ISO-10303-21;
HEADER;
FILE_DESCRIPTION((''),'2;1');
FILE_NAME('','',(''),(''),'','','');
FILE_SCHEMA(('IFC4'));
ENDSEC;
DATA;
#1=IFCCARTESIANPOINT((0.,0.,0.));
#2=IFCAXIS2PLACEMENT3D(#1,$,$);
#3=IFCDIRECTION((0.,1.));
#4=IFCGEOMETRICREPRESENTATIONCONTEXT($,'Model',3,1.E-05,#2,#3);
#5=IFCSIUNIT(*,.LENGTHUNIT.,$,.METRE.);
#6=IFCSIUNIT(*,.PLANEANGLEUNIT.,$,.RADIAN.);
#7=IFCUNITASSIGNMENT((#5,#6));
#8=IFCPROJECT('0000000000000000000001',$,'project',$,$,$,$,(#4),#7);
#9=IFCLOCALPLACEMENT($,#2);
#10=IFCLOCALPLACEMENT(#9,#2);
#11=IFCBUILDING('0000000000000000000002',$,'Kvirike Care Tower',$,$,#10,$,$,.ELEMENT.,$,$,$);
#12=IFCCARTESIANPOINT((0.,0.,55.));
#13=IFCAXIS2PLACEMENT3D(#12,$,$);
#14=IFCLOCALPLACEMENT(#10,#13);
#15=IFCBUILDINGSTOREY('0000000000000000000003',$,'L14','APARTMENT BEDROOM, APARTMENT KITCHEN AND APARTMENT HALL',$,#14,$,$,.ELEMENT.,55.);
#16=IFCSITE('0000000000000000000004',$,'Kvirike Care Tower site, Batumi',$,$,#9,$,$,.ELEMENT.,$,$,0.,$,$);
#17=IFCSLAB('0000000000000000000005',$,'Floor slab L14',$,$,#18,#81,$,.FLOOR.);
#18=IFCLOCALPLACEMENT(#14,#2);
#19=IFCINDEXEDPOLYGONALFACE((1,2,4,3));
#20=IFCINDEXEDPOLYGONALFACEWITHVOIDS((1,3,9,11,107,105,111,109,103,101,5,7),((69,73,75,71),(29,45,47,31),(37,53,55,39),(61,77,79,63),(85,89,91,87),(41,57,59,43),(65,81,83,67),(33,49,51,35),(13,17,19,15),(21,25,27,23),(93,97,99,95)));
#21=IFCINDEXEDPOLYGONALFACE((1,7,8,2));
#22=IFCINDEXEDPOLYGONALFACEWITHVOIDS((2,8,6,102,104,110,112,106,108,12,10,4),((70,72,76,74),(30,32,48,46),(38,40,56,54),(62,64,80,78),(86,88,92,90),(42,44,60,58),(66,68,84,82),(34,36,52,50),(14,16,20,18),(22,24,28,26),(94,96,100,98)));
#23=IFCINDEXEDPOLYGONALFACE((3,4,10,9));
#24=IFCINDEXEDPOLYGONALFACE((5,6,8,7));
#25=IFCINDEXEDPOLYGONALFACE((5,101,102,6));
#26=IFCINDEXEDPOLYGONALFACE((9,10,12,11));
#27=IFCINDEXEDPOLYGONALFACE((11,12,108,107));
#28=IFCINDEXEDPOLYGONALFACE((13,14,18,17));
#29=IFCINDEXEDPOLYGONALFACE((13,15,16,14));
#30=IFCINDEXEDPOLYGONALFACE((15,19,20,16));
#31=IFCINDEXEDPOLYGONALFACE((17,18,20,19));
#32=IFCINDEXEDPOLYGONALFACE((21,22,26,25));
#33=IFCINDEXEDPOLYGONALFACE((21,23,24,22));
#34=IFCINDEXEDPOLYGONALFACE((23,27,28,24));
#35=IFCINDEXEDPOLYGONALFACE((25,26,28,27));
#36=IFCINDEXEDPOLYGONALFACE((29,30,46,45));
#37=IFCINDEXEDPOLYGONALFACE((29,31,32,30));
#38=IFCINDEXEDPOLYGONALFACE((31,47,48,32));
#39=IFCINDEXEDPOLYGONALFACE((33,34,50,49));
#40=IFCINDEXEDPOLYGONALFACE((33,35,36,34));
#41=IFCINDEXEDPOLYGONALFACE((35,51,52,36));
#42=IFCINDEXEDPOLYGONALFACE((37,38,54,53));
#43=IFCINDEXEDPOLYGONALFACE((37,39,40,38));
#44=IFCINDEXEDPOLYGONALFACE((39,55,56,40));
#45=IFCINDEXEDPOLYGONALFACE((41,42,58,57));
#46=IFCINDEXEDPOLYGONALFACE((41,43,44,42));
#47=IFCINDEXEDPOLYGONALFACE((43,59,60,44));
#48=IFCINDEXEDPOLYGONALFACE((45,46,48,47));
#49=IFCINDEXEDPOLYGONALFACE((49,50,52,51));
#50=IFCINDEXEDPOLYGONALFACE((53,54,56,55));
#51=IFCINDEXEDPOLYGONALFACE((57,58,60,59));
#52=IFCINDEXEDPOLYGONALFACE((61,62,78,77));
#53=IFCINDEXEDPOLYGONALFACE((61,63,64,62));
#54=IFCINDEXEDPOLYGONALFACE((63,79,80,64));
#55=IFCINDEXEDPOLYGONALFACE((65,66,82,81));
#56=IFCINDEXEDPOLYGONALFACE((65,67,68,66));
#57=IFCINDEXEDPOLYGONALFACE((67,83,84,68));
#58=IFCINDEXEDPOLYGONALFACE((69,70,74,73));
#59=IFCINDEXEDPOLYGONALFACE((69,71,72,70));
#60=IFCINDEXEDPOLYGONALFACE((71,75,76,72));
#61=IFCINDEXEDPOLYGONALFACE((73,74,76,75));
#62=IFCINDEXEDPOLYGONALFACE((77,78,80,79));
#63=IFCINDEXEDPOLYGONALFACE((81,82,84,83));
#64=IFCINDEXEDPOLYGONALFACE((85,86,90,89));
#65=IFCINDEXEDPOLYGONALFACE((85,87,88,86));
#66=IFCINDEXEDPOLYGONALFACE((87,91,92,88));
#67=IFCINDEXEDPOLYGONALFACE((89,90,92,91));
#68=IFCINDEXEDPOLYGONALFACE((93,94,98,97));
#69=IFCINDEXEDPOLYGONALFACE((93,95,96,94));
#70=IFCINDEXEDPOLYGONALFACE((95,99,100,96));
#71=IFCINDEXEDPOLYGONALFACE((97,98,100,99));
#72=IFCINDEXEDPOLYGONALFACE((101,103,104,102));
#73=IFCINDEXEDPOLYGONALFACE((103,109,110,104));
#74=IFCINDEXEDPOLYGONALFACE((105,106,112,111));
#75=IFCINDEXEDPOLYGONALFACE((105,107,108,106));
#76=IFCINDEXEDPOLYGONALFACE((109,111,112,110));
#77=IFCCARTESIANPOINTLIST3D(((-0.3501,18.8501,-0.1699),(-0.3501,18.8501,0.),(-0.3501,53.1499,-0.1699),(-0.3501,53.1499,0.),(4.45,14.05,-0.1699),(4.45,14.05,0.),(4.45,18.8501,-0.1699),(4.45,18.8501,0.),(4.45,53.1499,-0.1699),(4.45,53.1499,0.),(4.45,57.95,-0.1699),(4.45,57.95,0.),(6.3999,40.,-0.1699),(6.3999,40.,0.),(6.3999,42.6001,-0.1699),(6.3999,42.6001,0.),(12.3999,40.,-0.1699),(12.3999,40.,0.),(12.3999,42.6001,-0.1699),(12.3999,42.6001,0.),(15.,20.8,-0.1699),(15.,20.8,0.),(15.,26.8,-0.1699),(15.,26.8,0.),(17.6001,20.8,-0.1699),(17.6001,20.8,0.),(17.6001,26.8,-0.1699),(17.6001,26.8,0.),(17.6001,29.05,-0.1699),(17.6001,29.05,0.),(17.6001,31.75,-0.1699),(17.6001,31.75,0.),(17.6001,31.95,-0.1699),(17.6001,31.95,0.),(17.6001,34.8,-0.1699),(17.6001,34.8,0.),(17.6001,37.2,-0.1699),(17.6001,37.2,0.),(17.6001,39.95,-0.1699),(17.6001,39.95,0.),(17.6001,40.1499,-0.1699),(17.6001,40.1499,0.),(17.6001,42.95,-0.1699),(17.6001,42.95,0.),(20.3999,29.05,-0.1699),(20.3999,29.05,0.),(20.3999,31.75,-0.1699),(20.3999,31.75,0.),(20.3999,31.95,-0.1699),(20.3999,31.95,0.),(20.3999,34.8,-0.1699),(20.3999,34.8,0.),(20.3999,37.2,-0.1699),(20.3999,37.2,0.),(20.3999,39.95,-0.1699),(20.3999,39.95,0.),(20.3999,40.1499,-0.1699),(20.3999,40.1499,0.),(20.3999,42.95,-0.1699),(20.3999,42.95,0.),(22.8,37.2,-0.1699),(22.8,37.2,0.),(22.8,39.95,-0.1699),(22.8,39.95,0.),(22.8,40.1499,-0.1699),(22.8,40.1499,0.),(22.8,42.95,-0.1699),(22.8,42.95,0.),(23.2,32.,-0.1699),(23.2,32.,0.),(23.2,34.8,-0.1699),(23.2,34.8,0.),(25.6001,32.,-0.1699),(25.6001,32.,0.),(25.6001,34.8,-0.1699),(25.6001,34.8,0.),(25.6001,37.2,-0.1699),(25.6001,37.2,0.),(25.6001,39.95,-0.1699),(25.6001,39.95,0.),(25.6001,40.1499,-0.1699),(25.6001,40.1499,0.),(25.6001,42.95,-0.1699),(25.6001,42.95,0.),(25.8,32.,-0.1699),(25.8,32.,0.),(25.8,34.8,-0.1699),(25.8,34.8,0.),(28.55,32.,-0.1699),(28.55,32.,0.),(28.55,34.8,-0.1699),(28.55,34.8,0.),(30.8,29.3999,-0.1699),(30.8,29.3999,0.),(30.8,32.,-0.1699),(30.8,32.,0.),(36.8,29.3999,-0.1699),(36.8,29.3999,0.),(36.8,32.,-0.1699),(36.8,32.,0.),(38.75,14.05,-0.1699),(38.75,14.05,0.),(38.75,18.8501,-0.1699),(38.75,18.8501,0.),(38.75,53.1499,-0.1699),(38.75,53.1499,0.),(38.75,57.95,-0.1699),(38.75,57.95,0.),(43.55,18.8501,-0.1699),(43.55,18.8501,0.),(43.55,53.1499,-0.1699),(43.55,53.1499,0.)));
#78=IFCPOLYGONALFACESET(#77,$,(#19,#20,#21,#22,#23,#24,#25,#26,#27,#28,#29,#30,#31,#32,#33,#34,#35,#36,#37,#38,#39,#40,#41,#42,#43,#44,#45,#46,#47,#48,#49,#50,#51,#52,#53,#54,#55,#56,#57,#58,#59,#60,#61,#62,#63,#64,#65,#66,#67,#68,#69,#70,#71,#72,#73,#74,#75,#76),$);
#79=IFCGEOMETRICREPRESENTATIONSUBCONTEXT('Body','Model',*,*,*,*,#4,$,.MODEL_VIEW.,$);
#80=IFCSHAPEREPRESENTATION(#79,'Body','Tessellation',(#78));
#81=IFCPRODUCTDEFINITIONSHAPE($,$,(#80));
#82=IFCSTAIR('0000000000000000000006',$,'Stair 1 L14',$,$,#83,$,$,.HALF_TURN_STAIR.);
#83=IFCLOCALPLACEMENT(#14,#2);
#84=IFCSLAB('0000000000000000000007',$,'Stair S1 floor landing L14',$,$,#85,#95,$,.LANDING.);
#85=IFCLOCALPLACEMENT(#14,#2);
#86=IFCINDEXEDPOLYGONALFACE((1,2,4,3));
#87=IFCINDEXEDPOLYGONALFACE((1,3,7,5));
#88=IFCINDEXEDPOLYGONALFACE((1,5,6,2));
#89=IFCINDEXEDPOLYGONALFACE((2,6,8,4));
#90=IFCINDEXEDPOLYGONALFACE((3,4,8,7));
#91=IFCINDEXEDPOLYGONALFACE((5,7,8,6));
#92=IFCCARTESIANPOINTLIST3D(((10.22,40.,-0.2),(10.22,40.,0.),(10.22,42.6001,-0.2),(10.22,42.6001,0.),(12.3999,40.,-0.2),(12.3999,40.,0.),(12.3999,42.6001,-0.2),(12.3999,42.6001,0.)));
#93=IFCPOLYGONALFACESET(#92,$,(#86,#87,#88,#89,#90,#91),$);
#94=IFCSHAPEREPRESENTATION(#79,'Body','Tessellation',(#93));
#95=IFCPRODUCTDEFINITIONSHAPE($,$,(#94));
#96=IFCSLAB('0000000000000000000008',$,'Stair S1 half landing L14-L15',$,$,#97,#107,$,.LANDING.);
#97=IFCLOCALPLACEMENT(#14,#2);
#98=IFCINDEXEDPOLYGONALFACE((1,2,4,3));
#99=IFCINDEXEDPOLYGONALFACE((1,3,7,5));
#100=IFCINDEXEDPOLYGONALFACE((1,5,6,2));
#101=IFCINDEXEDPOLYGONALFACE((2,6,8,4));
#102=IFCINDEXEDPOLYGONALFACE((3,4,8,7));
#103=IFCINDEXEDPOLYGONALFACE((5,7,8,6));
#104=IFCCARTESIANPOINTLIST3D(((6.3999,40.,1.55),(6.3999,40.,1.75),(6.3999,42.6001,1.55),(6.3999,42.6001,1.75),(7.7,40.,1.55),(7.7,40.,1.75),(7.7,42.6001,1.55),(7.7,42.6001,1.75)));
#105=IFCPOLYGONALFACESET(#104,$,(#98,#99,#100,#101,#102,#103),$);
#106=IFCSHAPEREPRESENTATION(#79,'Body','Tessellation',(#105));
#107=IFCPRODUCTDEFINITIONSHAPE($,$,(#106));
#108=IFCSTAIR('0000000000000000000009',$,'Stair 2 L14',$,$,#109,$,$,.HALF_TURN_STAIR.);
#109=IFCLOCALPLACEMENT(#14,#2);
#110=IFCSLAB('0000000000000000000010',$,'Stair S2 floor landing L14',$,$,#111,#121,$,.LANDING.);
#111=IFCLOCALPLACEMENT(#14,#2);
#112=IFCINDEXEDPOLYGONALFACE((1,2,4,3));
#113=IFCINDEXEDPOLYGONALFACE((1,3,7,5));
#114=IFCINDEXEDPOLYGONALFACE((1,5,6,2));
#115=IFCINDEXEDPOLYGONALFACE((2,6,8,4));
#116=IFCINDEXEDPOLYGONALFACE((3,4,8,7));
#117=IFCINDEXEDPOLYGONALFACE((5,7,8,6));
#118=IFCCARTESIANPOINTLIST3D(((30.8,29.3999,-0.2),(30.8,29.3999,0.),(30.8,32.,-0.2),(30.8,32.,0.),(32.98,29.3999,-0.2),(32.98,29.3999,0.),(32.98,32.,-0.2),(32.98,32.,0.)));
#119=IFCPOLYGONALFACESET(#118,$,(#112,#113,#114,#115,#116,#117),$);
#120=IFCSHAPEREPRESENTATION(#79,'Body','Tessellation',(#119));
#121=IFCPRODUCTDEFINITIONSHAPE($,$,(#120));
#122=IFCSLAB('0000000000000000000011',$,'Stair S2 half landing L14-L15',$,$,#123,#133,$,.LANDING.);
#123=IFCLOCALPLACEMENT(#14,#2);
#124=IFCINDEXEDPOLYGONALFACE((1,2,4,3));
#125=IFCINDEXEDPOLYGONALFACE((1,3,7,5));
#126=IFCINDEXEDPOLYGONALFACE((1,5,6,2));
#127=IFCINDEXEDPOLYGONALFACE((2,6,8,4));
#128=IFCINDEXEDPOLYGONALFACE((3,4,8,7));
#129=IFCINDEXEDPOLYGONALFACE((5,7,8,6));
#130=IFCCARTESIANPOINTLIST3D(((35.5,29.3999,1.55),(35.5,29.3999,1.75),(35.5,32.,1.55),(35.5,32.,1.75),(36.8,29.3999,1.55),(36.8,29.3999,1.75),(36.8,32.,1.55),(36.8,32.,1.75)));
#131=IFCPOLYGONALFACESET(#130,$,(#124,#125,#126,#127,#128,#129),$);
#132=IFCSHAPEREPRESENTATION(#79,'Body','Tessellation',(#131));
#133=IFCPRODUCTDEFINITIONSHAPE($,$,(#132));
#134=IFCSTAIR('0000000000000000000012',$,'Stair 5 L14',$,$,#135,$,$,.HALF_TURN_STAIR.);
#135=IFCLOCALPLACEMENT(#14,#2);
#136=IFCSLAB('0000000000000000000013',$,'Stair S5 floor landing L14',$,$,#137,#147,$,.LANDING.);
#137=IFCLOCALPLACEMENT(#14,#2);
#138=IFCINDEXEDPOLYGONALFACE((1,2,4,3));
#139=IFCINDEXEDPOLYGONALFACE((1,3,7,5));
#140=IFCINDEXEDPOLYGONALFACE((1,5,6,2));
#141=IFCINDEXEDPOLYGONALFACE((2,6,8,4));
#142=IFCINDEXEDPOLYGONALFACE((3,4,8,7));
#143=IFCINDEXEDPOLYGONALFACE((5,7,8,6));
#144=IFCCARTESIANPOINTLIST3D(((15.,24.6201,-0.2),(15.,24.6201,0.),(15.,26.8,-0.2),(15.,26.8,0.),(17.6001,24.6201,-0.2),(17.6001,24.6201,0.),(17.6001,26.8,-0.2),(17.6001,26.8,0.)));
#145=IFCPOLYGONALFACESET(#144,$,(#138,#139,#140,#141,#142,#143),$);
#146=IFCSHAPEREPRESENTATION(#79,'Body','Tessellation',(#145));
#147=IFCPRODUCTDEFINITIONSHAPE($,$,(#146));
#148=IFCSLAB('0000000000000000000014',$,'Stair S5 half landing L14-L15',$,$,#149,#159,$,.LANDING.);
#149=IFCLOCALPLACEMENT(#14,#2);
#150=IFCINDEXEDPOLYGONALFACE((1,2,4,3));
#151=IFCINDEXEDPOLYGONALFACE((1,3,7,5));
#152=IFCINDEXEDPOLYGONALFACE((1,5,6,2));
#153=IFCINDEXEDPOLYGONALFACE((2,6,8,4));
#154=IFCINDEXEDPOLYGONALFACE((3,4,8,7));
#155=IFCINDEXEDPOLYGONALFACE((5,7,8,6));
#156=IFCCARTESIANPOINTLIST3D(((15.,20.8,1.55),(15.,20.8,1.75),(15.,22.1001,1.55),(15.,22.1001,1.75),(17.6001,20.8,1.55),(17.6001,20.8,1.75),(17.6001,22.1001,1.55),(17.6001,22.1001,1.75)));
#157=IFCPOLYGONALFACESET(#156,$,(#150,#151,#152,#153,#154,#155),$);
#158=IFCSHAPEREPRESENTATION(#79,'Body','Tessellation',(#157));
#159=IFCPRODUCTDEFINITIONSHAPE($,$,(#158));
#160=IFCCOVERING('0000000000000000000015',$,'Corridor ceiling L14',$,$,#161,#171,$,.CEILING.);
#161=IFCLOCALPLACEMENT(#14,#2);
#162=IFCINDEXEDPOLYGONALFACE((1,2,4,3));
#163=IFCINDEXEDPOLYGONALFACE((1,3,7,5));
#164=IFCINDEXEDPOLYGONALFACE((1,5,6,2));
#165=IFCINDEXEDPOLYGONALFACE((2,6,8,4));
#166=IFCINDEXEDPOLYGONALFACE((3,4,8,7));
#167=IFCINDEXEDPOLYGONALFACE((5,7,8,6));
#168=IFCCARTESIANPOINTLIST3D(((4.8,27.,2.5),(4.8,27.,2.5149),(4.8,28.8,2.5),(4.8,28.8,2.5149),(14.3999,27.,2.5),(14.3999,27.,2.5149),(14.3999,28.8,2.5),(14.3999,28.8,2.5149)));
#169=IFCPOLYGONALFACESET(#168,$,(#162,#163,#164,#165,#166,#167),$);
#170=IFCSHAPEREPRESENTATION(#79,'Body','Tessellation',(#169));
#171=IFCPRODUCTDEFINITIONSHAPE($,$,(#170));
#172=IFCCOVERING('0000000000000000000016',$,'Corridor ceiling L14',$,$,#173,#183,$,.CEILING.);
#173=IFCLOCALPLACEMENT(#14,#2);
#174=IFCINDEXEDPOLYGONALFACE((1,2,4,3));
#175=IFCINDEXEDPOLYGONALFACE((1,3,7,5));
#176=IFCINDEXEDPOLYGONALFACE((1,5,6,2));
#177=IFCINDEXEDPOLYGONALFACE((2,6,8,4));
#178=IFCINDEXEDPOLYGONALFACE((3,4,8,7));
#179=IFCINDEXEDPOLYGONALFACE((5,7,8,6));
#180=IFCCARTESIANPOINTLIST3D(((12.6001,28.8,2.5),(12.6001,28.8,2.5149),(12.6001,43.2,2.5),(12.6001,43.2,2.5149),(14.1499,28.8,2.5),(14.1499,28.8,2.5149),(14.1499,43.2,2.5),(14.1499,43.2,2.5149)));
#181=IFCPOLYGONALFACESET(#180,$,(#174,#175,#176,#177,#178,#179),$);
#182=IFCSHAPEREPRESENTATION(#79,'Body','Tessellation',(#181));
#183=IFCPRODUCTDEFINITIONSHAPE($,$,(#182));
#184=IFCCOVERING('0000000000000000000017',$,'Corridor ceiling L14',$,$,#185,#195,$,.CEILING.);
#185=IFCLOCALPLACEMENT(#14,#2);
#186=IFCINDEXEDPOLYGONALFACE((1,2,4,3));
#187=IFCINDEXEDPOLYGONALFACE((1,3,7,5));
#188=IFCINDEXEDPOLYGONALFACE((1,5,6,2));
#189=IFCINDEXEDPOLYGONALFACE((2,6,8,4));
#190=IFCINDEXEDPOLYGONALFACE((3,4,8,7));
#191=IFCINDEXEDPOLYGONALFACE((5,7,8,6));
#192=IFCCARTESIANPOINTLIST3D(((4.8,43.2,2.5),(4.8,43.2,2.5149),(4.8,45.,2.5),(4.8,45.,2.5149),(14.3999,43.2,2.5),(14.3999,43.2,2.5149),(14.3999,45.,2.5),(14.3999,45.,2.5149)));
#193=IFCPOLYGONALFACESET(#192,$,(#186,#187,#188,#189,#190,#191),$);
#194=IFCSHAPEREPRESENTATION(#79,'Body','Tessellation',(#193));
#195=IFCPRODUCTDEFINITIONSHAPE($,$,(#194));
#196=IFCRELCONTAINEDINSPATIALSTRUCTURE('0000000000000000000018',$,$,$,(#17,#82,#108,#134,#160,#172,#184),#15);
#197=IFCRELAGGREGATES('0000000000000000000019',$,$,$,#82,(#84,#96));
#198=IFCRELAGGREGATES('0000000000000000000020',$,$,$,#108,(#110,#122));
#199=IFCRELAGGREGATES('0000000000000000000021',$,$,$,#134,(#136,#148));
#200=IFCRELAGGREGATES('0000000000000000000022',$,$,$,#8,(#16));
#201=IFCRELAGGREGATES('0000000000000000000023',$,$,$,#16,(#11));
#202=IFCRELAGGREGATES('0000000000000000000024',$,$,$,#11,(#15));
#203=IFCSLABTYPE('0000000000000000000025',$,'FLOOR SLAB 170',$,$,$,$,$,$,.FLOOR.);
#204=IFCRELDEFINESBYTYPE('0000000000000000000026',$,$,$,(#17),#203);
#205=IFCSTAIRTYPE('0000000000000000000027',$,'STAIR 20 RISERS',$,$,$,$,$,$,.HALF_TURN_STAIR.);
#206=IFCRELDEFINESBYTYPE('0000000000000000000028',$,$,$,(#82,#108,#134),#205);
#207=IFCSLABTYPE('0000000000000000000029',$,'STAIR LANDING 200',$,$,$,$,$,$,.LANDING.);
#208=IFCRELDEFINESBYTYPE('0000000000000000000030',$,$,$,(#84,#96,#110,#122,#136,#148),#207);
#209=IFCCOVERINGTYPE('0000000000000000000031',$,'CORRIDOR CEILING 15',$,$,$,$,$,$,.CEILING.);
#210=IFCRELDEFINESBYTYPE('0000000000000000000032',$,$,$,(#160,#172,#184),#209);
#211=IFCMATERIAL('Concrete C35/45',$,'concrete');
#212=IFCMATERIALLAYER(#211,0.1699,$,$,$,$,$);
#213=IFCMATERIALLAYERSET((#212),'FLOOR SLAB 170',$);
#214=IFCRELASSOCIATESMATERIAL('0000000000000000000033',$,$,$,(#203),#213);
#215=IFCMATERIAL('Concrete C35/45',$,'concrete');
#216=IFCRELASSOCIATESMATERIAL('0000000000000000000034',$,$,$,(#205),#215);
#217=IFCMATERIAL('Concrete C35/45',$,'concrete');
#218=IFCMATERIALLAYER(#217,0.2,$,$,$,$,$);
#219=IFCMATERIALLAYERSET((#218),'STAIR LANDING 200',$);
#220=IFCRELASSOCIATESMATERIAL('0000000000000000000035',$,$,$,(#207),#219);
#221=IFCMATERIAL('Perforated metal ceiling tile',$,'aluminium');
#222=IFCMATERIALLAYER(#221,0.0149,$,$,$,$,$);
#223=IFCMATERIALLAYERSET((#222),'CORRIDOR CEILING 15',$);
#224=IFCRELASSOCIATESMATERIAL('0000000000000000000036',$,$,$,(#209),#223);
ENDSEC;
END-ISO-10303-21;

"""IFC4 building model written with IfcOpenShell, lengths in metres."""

from ifc_helpers import new_model, si_unit, direction, frame, origin, place, context, subcontext, project, spatial, polyline, outline, extrude, material, layer, layer_set, type_object, element, aggregate, save


model = new_model("IFC4")

# Units and contexts
model_context = context("Model", 3, precision=1e-05, world=origin(), true_north=direction((0.0, 1.0)))
body_context = subcontext(model_context, "Body", "Model", "MODEL_VIEW")
ifc_project = project(units=[si_unit("LENGTHUNIT", "METRE"), si_unit("PLANEANGLEUNIT", "RADIAN")], contexts=[model_context])

# Site, building, storey
site_placement = place(None, origin())
site = spatial("IfcSite", under=ifc_project, at=site_placement, Name="Kvirike Care Tower site, Batumi", CompositionType="ELEMENT", RefElevation=0.0)
building_placement = place(site_placement, origin())
building = spatial("IfcBuilding", under=site, at=building_placement, Name="Kvirike Care Tower", CompositionType="ELEMENT")
storey_placement = place(building_placement, frame((0.0, 0.0, 55.0)))
storey = spatial("IfcBuildingStorey", under=building, at=storey_placement, Name="L14", Description="APARTMENT BEDROOM, APARTMENT KITCHEN AND APARTMENT HALL", CompositionType="ELEMENT", Elevation=55.0)

# Slab
ifc_material_1 = material(Name="Concrete C35/45", Category="concrete")
ifc_layer_1 = layer(ifc_material_1, 0.1699)
ifc_layer_set_1 = layer_set([ifc_layer_1], Name="FLOOR SLAB 170")
slab_type_1 = type_object("IfcSlabType", Name="FLOOR SLAB 170", PredefinedType="FLOOR", material=ifc_layer_set_1)
slab_1_placement = place(storey_placement, frame((0.0, 0.0, -0.1699)))
element("IfcSlab", 1, at=slab_1_placement, inside=storey, type_object=slab_type_1, Name="Floor slab L14", PredefinedType="FLOOR", context=body_context, shape_type="SweptSolid", body=[
    extrude(outline(polyline([(-0.3501, 53.1499), (-0.3501, 18.8501), (4.45, 18.8501), (4.45, 14.05), (38.75, 14.05), (38.75, 18.8501), (43.55, 18.8501), (43.55, 53.1499), (38.75, 53.1499), (38.75, 57.95), (4.45, 57.95), (4.45, 53.1499), (-0.3501, 53.1499)]), holes=[polyline([(17.6001, 29.05), (17.6001, 31.75), (20.3999, 31.75), (20.3999, 29.05), (17.6001, 29.05)]), polyline([(17.6001, 31.95), (17.6001, 34.8), (20.3999, 34.8), (20.3999, 31.95), (17.6001, 31.95)]), polyline([(17.6001, 37.2), (17.6001, 39.95), (20.3999, 39.95), (20.3999, 37.2), (17.6001, 37.2)]), polyline([(17.6001, 40.1499), (17.6001, 42.95), (20.3999, 42.95), (20.3999, 40.1499), (17.6001, 40.1499)]), polyline([(22.8, 37.2), (22.8, 39.95), (25.6001, 39.95), (25.6001, 37.2), (22.8, 37.2)]), polyline([(22.8, 40.1499), (22.8, 42.95), (25.6001, 42.95), (25.6001, 40.1499), (22.8, 40.1499)]), polyline([(23.2, 32.0), (23.2, 34.8), (25.6001, 34.8), (25.6001, 32.0), (23.2, 32.0)]), polyline([(25.8, 32.0), (25.8, 34.8), (28.55, 34.8), (28.55, 32.0), (25.8, 32.0)]), polyline([(12.3999, 42.6001), (12.3999, 40.0), (6.3999, 40.0), (6.3999, 42.6001), (12.3999, 42.6001)]), polyline([(30.8, 29.3999), (30.8, 32.0), (36.8, 32.0), (36.8, 29.3999), (30.8, 29.3999)]), polyline([(15.0, 26.8), (17.6001, 26.8), (17.6001, 20.8), (15.0, 20.8), (15.0, 26.8)])]), origin(), (0.0, 0.0, 1.0), 0.1699),
])

# Stairs, slabs
ifc_material_2 = material(Name="Concrete C35/45", Category="concrete")
stair_type = type_object("IfcStairType", Name="STAIR 20 RISERS", PredefinedType="HALF_TURN_STAIR", material=ifc_material_2)
stair_1_placement = place(storey_placement, origin())
stair_1 = element("IfcStair", 2, at=stair_1_placement, inside=storey, type_object=stair_type, Name="Stair 1 L14", PredefinedType="HALF_TURN_STAIR")
ifc_material_3 = material(Name="Concrete C35/45", Category="concrete")
ifc_layer_2 = layer(ifc_material_3, 0.2)
ifc_layer_set_2 = layer_set([ifc_layer_2], Name="STAIR LANDING 200")
slab_type_2 = type_object("IfcSlabType", Name="STAIR LANDING 200", PredefinedType="LANDING", material=ifc_layer_set_2)
slab_2_placement = place(storey_placement, frame((0.0, 0.0, -0.2)))
slab_2 = element("IfcSlab", 3, at=slab_2_placement, type_object=slab_type_2, Name="Stair S1 floor landing L14", PredefinedType="LANDING", context=body_context, shape_type="SweptSolid", body=[
    extrude(outline(polyline([(10.22, 42.6001), (10.22, 40.0), (12.3999, 40.0), (12.3999, 42.6001), (10.22, 42.6001)])), origin(), (0.0, 0.0, 1.0), 0.2),
])
slab_3_placement = place(storey_placement, frame((0.0, 0.0, 1.55)))
slab_3 = element("IfcSlab", 4, at=slab_3_placement, type_object=slab_type_2, Name="Stair S1 half landing L14-L15", PredefinedType="LANDING", context=body_context, shape_type="SweptSolid", body=[
    extrude(outline(polyline([(6.3999, 42.6001), (6.3999, 40.0), (7.7, 40.0), (7.7, 42.6001), (6.3999, 42.6001)])), origin(), (0.0, 0.0, 1.0), 0.2),
])
aggregate(stair_1, [slab_2, slab_3])
stair_2_placement = place(storey_placement, origin())
stair_2 = element("IfcStair", 5, at=stair_2_placement, inside=storey, type_object=stair_type, Name="Stair 2 L14", PredefinedType="HALF_TURN_STAIR")
slab_4_placement = place(storey_placement, frame((0.0, 0.0, -0.2)))
slab_4 = element("IfcSlab", 6, at=slab_4_placement, type_object=slab_type_2, Name="Stair S2 floor landing L14", PredefinedType="LANDING", context=body_context, shape_type="SweptSolid", body=[
    extrude(outline(polyline([(32.98, 29.3999), (32.98, 32.0), (30.8, 32.0), (30.8, 29.3999), (32.98, 29.3999)])), origin(), (0.0, 0.0, 1.0), 0.2),
])
slab_5_placement = place(storey_placement, frame((0.0, 0.0, 1.55)))
slab_5 = element("IfcSlab", 7, at=slab_5_placement, type_object=slab_type_2, Name="Stair S2 half landing L14-L15", PredefinedType="LANDING", context=body_context, shape_type="SweptSolid", body=[
    extrude(outline(polyline([(36.8, 29.3999), (36.8, 32.0), (35.5, 32.0), (35.5, 29.3999), (36.8, 29.3999)])), origin(), (0.0, 0.0, 1.0), 0.2),
])
aggregate(stair_2, [slab_4, slab_5])
stair_3_placement = place(storey_placement, origin())
stair_3 = element("IfcStair", 8, at=stair_3_placement, inside=storey, type_object=stair_type, Name="Stair 5 L14", PredefinedType="HALF_TURN_STAIR")
slab_6_placement = place(storey_placement, frame((0.0, 0.0, -0.2)))
slab_6 = element("IfcSlab", 9, at=slab_6_placement, type_object=slab_type_2, Name="Stair S5 floor landing L14", PredefinedType="LANDING", context=body_context, shape_type="SweptSolid", body=[
    extrude(outline(polyline([(15.0, 24.6201), (17.6001, 24.6201), (17.6001, 26.8), (15.0, 26.8), (15.0, 24.6201)])), origin(), (0.0, 0.0, 1.0), 0.2),
])
slab_7_placement = place(storey_placement, frame((0.0, 0.0, 1.55)))
slab_7 = element("IfcSlab", 10, at=slab_7_placement, type_object=slab_type_2, Name="Stair S5 half landing L14-L15", PredefinedType="LANDING", context=body_context, shape_type="SweptSolid", body=[
    extrude(outline(polyline([(15.0, 20.8), (17.6001, 20.8), (17.6001, 22.1001), (15.0, 22.1001), (15.0, 20.8)])), origin(), (0.0, 0.0, 1.0), 0.2),
])
aggregate(stair_3, [slab_6, slab_7])

# Coverings
ifc_material_4 = material(Name="Perforated metal ceiling tile", Category="aluminium")
ifc_layer_3 = layer(ifc_material_4, 0.0149)
ifc_layer_set_3 = layer_set([ifc_layer_3], Name="CORRIDOR CEILING 15")
covering_type_1 = type_object("IfcCoveringType", Name="CORRIDOR CEILING 15", PredefinedType="CEILING", material=ifc_layer_set_3)
covering_1_placement = place(storey_placement, frame((0.0, 0.0, 2.5)))
element("IfcCovering", 11, at=covering_1_placement, inside=storey, type_object=covering_type_1, Name="Corridor ceiling L14", PredefinedType="CEILING", context=body_context, shape_type="SweptSolid", body=[
    extrude(outline(polyline([(4.8, 27.0), (4.8, 28.8), (14.3999, 28.8), (14.3999, 27.0), (4.8, 27.0)])), origin(), (0.0, 0.0, 1.0), 0.0149),
])
covering_2_placement = place(storey_placement, frame((0.0, 0.0, 2.5)))
element("IfcCovering", 12, at=covering_2_placement, inside=storey, type_object=covering_type_1, Name="Corridor ceiling L14", PredefinedType="CEILING", context=body_context, shape_type="SweptSolid", body=[
    extrude(outline(polyline([(12.6001, 43.2), (14.1499, 43.2), (14.1499, 28.8), (12.6001, 28.8), (12.6001, 43.2)])), origin(), (0.0, 0.0, 1.0), 0.0149),
])
covering_3_placement = place(storey_placement, frame((0.0, 0.0, 2.5)))
element("IfcCovering", 13, at=covering_3_placement, inside=storey, type_object=covering_type_1, Name="Corridor ceiling L14", PredefinedType="CEILING", context=body_context, shape_type="SweptSolid", body=[
    extrude(outline(polyline([(14.3999, 45.0), (14.3999, 43.2), (4.8, 43.2), (4.8, 45.0), (14.3999, 45.0)])), origin(), (0.0, 0.0, 1.0), 0.0149),
])

save(model, "model.ifc")
